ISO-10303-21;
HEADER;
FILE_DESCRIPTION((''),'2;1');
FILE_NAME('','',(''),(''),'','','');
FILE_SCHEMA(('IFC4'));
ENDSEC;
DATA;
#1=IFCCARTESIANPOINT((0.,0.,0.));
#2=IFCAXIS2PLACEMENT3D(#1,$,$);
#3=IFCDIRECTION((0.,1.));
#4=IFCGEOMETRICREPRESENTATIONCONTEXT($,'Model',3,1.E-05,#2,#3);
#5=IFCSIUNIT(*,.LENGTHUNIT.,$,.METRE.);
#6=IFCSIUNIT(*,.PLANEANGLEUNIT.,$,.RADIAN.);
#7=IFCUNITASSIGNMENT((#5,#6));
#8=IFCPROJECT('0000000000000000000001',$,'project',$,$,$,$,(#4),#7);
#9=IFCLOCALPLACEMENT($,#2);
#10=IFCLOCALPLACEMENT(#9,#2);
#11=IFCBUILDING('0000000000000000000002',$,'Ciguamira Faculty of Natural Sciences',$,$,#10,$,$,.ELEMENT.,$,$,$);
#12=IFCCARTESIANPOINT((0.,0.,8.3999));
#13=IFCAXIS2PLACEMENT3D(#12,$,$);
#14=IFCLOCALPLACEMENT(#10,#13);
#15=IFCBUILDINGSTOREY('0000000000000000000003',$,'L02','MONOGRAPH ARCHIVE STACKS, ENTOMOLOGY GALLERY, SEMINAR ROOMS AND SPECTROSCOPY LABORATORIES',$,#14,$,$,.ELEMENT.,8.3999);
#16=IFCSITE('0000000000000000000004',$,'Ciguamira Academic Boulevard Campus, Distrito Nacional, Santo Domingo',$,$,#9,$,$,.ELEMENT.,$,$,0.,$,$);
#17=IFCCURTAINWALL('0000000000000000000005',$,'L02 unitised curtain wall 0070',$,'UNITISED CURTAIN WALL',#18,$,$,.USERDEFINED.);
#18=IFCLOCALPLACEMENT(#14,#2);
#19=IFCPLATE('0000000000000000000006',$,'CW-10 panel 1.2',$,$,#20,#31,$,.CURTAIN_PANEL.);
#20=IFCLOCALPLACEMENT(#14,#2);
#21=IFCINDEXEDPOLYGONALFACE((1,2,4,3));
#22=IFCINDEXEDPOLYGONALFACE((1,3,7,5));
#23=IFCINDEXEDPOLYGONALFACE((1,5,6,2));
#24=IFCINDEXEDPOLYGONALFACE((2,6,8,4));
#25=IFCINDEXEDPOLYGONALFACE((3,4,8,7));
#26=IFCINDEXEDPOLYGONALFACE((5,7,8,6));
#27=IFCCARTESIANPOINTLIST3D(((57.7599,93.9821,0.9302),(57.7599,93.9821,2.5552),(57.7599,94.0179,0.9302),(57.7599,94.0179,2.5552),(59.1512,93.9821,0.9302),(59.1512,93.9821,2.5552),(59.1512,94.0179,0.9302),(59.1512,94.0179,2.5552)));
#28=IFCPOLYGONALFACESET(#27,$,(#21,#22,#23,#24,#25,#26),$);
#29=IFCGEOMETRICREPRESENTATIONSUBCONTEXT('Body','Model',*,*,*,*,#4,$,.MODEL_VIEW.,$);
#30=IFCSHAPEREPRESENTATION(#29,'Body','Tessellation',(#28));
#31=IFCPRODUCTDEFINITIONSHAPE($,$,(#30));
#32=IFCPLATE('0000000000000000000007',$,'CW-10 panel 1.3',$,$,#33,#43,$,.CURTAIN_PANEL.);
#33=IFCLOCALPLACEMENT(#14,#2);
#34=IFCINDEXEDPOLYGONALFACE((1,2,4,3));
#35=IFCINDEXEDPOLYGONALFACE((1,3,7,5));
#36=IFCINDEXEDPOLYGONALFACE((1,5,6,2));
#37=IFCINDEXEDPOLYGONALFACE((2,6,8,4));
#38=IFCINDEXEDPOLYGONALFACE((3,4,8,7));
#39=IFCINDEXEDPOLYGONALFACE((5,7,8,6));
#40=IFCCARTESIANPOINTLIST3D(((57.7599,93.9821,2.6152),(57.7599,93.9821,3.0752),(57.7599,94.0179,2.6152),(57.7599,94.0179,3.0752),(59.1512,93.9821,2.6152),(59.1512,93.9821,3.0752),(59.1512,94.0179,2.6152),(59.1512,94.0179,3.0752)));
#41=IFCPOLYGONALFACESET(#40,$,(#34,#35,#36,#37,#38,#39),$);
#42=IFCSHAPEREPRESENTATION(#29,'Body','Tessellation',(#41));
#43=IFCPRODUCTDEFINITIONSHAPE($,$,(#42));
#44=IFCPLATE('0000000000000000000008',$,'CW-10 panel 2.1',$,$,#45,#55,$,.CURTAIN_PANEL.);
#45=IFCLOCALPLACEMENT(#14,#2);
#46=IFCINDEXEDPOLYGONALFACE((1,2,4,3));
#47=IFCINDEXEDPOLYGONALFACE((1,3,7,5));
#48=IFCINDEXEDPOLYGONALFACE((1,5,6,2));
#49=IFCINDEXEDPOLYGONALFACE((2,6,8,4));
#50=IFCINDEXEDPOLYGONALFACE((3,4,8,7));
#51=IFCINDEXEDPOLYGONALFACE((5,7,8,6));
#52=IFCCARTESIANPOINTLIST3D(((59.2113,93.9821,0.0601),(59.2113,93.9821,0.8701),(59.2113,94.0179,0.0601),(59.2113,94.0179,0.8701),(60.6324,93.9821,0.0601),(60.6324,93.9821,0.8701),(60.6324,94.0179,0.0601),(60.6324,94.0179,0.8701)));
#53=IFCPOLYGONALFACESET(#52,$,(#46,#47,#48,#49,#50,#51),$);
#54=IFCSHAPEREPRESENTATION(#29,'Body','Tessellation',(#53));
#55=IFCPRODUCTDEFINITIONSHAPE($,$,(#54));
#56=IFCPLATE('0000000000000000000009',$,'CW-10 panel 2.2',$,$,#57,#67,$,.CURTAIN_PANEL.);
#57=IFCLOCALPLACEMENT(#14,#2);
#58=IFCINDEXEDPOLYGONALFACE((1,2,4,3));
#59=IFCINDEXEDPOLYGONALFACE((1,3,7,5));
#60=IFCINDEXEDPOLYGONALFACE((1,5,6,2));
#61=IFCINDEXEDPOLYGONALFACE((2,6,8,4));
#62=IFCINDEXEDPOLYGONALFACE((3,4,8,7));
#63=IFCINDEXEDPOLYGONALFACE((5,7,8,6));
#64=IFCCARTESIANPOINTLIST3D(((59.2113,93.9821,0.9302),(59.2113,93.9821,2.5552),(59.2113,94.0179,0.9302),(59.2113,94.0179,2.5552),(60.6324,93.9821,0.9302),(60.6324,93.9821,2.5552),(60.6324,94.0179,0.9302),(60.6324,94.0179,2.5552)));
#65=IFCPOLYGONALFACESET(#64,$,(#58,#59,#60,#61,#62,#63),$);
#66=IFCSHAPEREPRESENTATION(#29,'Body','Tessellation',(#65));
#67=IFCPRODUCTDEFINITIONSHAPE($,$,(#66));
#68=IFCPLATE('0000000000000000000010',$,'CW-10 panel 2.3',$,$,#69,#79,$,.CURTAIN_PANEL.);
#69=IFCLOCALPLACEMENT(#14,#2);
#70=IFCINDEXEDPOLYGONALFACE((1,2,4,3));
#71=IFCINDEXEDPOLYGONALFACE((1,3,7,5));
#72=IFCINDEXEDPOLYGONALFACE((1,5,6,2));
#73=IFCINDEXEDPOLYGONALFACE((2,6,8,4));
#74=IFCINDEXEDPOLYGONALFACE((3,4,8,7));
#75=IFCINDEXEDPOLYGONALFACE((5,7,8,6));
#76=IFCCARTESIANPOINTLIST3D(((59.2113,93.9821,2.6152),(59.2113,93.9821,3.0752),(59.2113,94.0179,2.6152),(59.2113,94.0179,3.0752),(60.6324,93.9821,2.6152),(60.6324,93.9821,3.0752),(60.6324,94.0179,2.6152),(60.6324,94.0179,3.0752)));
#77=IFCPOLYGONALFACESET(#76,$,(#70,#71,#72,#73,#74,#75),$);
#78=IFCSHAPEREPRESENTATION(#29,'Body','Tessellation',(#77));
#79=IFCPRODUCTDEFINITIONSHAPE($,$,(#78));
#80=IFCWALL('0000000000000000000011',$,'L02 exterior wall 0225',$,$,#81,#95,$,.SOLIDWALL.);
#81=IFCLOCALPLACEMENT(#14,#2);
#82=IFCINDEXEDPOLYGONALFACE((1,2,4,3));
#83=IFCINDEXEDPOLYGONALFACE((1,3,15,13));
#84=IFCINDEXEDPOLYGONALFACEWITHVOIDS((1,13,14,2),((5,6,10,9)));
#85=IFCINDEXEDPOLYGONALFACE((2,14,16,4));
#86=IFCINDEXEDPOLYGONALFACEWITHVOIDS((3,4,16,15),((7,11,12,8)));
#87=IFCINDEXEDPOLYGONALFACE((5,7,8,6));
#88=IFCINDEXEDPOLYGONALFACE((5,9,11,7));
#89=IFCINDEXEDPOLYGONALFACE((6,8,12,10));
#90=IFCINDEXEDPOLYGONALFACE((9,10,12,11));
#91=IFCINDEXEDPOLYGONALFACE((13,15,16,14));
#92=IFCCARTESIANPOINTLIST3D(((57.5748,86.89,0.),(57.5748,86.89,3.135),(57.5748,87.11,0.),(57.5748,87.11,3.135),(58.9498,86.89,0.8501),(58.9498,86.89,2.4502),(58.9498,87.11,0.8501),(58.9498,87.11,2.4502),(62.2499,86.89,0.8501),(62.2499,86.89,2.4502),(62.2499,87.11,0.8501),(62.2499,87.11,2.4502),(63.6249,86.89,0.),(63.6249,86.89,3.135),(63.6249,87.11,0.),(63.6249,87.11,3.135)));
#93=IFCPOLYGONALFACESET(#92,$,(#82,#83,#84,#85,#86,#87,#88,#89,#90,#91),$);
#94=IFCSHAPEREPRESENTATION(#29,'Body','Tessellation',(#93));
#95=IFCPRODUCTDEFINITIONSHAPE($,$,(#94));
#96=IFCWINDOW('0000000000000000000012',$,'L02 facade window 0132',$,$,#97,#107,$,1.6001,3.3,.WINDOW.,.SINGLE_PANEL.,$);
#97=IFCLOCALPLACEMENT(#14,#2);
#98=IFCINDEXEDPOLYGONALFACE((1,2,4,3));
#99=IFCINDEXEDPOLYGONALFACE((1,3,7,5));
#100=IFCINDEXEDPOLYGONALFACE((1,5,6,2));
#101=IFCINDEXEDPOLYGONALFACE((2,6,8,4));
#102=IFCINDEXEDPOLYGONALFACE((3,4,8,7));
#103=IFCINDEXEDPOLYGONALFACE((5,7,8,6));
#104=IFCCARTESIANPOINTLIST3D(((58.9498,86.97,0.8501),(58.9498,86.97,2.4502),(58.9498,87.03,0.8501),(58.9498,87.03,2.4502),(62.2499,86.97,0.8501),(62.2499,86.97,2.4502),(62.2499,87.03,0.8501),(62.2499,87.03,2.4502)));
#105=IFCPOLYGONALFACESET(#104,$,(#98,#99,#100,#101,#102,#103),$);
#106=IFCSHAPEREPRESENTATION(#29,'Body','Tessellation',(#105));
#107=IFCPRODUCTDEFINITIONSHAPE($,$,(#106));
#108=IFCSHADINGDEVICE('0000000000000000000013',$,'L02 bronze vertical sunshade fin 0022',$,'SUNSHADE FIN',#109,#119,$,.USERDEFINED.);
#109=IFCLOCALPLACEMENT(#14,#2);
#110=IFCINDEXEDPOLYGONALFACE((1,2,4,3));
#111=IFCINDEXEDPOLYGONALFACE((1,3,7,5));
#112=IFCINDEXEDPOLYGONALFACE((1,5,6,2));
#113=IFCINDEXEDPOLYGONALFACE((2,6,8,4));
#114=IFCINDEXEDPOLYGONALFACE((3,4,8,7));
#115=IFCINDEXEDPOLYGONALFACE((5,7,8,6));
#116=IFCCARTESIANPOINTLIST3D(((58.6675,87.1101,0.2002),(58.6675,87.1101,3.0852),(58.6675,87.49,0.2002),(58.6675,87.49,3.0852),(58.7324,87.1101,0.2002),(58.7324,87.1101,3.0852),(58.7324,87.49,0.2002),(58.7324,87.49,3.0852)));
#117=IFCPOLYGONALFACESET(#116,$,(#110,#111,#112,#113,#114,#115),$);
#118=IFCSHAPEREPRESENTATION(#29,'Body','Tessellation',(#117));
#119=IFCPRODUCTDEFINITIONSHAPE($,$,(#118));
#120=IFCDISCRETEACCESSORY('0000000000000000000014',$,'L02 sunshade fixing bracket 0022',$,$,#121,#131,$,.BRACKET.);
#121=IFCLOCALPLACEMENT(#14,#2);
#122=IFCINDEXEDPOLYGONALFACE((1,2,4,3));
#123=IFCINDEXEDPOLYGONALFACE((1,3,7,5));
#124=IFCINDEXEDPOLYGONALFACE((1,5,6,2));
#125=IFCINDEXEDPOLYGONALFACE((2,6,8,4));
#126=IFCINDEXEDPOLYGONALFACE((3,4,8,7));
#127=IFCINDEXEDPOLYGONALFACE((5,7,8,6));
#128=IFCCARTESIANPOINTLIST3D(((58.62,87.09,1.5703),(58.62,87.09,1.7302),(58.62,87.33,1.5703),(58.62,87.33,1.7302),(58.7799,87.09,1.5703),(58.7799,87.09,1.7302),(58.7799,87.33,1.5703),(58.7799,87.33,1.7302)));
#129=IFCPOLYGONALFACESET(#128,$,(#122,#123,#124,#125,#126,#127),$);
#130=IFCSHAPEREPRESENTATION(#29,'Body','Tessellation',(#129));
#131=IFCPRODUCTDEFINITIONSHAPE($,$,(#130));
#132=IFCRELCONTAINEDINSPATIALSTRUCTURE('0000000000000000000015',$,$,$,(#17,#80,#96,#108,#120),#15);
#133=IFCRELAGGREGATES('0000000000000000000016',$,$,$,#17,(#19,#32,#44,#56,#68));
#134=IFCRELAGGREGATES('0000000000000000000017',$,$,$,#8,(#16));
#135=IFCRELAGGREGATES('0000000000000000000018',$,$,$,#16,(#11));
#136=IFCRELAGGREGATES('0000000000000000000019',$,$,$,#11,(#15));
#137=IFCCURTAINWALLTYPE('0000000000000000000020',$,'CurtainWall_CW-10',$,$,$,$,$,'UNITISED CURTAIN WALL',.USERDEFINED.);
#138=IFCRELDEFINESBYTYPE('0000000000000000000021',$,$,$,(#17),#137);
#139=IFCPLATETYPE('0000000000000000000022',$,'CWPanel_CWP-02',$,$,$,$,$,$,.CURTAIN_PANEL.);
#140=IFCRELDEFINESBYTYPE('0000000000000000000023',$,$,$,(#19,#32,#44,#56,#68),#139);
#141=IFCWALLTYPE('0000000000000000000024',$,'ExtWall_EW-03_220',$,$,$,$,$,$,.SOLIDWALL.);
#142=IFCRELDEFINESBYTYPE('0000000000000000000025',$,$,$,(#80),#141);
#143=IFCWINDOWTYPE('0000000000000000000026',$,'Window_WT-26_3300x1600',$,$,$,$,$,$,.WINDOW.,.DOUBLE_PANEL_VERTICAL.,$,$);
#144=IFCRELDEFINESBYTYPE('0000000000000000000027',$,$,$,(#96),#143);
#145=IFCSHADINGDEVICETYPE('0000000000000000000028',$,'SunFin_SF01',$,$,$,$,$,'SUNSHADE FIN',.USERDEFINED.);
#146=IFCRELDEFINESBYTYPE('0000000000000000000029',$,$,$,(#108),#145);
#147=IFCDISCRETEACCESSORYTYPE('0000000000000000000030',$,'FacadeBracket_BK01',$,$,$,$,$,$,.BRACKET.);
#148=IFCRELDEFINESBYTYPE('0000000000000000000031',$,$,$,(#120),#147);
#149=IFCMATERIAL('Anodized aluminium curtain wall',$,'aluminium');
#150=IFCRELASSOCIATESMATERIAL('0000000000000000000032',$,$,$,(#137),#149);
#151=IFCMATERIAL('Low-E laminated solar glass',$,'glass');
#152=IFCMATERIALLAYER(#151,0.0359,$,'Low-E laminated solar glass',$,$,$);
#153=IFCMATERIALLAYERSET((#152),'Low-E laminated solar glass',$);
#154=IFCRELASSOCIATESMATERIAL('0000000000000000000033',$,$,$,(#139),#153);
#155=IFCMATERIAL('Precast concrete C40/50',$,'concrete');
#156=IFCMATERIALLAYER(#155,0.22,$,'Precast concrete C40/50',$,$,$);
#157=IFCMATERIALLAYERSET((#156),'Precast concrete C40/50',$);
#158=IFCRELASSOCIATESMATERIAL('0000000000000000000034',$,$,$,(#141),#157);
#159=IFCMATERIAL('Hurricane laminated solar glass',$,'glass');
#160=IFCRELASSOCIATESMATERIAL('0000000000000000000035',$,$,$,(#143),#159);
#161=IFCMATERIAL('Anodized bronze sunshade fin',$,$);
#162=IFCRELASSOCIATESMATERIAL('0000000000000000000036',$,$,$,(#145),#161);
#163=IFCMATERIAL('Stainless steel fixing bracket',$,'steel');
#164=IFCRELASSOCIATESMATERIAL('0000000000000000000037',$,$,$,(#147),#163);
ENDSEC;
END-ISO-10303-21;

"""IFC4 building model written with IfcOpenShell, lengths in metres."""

from ifc_helpers import new_model, si_unit, direction, frame, frame_2d, origin, origin_2d, place, context, subcontext, project, spatial, rectangle, extrude, material, layer, layer_set, material_profile, profile_set, type_object, element, fill, aggregate, save


model = new_model("IFC4")

# Units and contexts
model_context = context("Model", 3, precision=1e-05, world=origin(), true_north=direction((0.0, 1.0)))
body_context = subcontext(model_context, "Body", "Model", "MODEL_VIEW")
ifc_project = project(units=[si_unit("LENGTHUNIT", "METRE"), si_unit("PLANEANGLEUNIT", "RADIAN")], contexts=[model_context])

# Site, building, storey
site_placement = place(None, origin())
site = spatial("IfcSite", under=ifc_project, at=site_placement, Name="Ciguamira Academic Boulevard Campus, Distrito Nacional, Santo Domingo", CompositionType="ELEMENT", RefElevation=0.0)
building_placement = place(site_placement, origin())
building = spatial("IfcBuilding", under=site, at=building_placement, Name="Ciguamira Faculty of Natural Sciences", CompositionType="ELEMENT")
storey_placement = place(building_placement, frame((0.0, 0.0, 8.3999)))
storey = spatial("IfcBuildingStorey", under=building, at=storey_placement, Name="L02", Description="MONOGRAPH ARCHIVE STACKS, ENTOMOLOGY GALLERY, SEMINAR ROOMS AND SPECTROSCOPY LABORATORIES", CompositionType="ELEMENT", Elevation=8.3999)

# Curtain wall
ifc_material_1 = material(Name="Anodized aluminium curtain wall", Category="aluminium")
curtain_wall_type = type_object("IfcCurtainWallType", Name="CurtainWall_CW-10", ElementType="UNITISED CURTAIN WALL", PredefinedType="USERDEFINED", material=ifc_material_1)
curtain_wall_placement = place(storey_placement, origin())
curtain_wall = element("IfcCurtainWall", 1, at=curtain_wall_placement, inside=storey, type_object=curtain_wall_type, Name="L02 unitised curtain wall 0070", ObjectType="UNITISED CURTAIN WALL", PredefinedType="USERDEFINED")

# Plates
ifc_material_2 = material(Name="Low-E laminated solar glass", Category="glass")
ifc_layer_1 = layer(ifc_material_2, 0.0359, Name="Low-E laminated solar glass")
ifc_layer_set_1 = layer_set([ifc_layer_1], Name="Low-E laminated solar glass")
plate_type = type_object("IfcPlateType", Name="CWPanel_CWP-02", PredefinedType="CURTAIN_PANEL", material=ifc_layer_set_1)
plate_1_placement = place(storey_placement, frame((58.4556, 94.0, 0.9302), z_axis=(0.0, 0.0, 1.0), x_axis=(1.0, 0.0, 0.0)))
plate_1 = element("IfcPlate", 2, at=plate_1_placement, type_object=plate_type, Name="CW-10 panel 1.2", PredefinedType="CURTAIN_PANEL", context=body_context, shape_type="SweptSolid", body=[
    extrude(rectangle(XDim=1.3914, YDim=0.0359, at=origin_2d()), origin(), (0.0, 0.0, 1.0), 1.625),
])
plate_2_placement = place(storey_placement, frame((58.4556, 94.0, 2.6152), z_axis=(0.0, 0.0, 1.0), x_axis=(1.0, 0.0, 0.0)))
plate_2 = element("IfcPlate", 3, at=plate_2_placement, type_object=plate_type, Name="CW-10 panel 1.3", PredefinedType="CURTAIN_PANEL", context=body_context, shape_type="SweptSolid", body=[
    extrude(rectangle(XDim=1.3914, YDim=0.0359, at=origin_2d()), origin(), (0.0, 0.0, 1.0), 0.46),
])
plate_3_placement = place(storey_placement, frame((59.9219, 94.0, 0.0601), z_axis=(0.0, 0.0, 1.0), x_axis=(1.0, 0.0, 0.0)))
plate_3 = element("IfcPlate", 4, at=plate_3_placement, type_object=plate_type, Name="CW-10 panel 2.1", PredefinedType="CURTAIN_PANEL", context=body_context, shape_type="SweptSolid", body=[
    extrude(rectangle(XDim=1.4211, YDim=0.0359, at=origin_2d()), origin(), (0.0, 0.0, 1.0), 0.8101),
])
plate_4_placement = place(storey_placement, frame((59.9219, 94.0, 0.9302), z_axis=(0.0, 0.0, 1.0), x_axis=(1.0, 0.0, 0.0)))
plate_4 = element("IfcPlate", 5, at=plate_4_placement, type_object=plate_type, Name="CW-10 panel 2.2", PredefinedType="CURTAIN_PANEL", context=body_context, shape_type="SweptSolid", body=[
    extrude(rectangle(XDim=1.4211, YDim=0.0359, at=origin_2d()), origin(), (0.0, 0.0, 1.0), 1.625),
])
plate_5_placement = place(storey_placement, frame((59.9219, 94.0, 2.6152), z_axis=(0.0, 0.0, 1.0), x_axis=(1.0, 0.0, 0.0)))
plate_5 = element("IfcPlate", 6, at=plate_5_placement, type_object=plate_type, Name="CW-10 panel 2.3", PredefinedType="CURTAIN_PANEL", context=body_context, shape_type="SweptSolid", body=[
    extrude(rectangle(XDim=1.4211, YDim=0.0359, at=origin_2d()), origin(), (0.0, 0.0, 1.0), 0.46),
])
aggregate(curtain_wall, [plate_1, plate_2, plate_3, plate_4, plate_5])

# Wall, opening, window
ifc_material_3 = material(Name="Precast concrete C40/50", Category="concrete")
ifc_layer_2 = layer(ifc_material_3, 0.22, Name="Precast concrete C40/50")
ifc_layer_set_2 = layer_set([ifc_layer_2], Name="Precast concrete C40/50")
wall_type = type_object("IfcWallType", Name="ExtWall_EW-03_220", PredefinedType="SOLIDWALL", material=ifc_layer_set_2)
wall_placement = place(storey_placement, frame((57.575, 87.0, 0.0), z_axis=(0.0, 0.0, 1.0), x_axis=(1.0, 0.0, 0.0)))
wall = element("IfcWall", 7, at=wall_placement, inside=storey, type_object=wall_type, Name="L02 exterior wall 0225", PredefinedType="SOLIDWALL", context=body_context, shape_type="SweptSolid", body=[
    extrude(rectangle(XDim=6.05, YDim=0.22, at=frame_2d((3.0249, 0.0))), origin(), (0.0, 0.0, 1.0), 3.135),
])
opening_placement = place(wall_placement, frame((1.375, 0.0, 0.8501)))
opening = element("IfcOpeningElement", 8, at=opening_placement, cuts=wall, PredefinedType="OPENING", context=body_context, shape_type="SweptSolid", body=[
    extrude(rectangle(XDim=3.3, YDim=1.6001, at=frame_2d((1.6499, 0.8))), frame((0.0, 0.1199, 0.0), z_axis=(0.0, -1.0, 0.0), x_axis=(1.0, 0.0, 0.0)), (0.0, 0.0, 1.0), 0.24),
])
ifc_material_4 = material(Name="Hurricane laminated solar glass", Category="glass")
window_type = type_object("IfcWindowType", Name="Window_WT-26_3300x1600", PartitioningType="DOUBLE_PANEL_VERTICAL", PredefinedType="WINDOW", material=ifc_material_4)
window_placement = place(opening_placement, origin())
window = element("IfcWindow", 9, at=window_placement, inside=storey, type_object=window_type, Name="L02 facade window 0132", OverallHeight=1.6001, OverallWidth=3.3, PartitioningType="SINGLE_PANEL", PredefinedType="WINDOW", context=body_context, shape_type="SweptSolid", body=[
    extrude(rectangle(XDim=3.3, YDim=1.6001, at=frame_2d((1.6499, 0.8))), frame((0.0, 0.03, 0.0), z_axis=(0.0, -1.0, 0.0), x_axis=(1.0, 0.0, 0.0)), (0.0, 0.0, 1.0), 0.0601),
])
fill(opening, window)

# Shading device
ifc_material_5 = material(Name="Anodized bronze sunshade fin")
ifc_material_profile_1 = material_profile(ifc_material_5, rectangle(XDim=0.0649, YDim=0.3799, at=origin_2d()), Name="BRZ-FIN-65X380")
ifc_profile_set_1 = profile_set([ifc_material_profile_1], Name="Anodized bronze sunshade fin")
shading_device_type = type_object("IfcShadingDeviceType", Name="SunFin_SF01", ElementType="SUNSHADE FIN", PredefinedType="USERDEFINED", material=ifc_profile_set_1)
shading_device_placement = place(storey_placement, frame((58.7, 87.3, 0.2002), z_axis=(0.0, 0.0, 1.0), x_axis=(1.0, 0.0, 0.0)))
element("IfcShadingDevice", 10, at=shading_device_placement, inside=storey, type_object=shading_device_type, Name="L02 bronze vertical sunshade fin 0022", ObjectType="SUNSHADE FIN", PredefinedType="USERDEFINED", context=body_context, shape_type="SweptSolid", body=[
    extrude(rectangle(XDim=0.0649, YDim=0.3799, at=origin_2d()), origin(), (0.0, 0.0, 1.0), 2.885),
])

# Discrete accessory
ifc_material_6 = material(Name="Stainless steel fixing bracket", Category="steel")
discrete_accessory_type = type_object("IfcDiscreteAccessoryType", Name="FacadeBracket_BK01", PredefinedType="BRACKET", material=ifc_material_6)
discrete_accessory_placement = place(storey_placement, frame((58.7, 87.21, 1.5703), z_axis=(0.0, 0.0, 1.0), x_axis=(1.0, 0.0, 0.0)))
element("IfcDiscreteAccessory", 11, at=discrete_accessory_placement, inside=storey, type_object=discrete_accessory_type, Name="L02 sunshade fixing bracket 0022", PredefinedType="BRACKET", context=body_context, shape_type="SweptSolid", body=[
    extrude(rectangle(XDim=0.1599, YDim=0.24, at=origin_2d()), origin(), (0.0, 0.0, 1.0), 0.1599),
])

save(model, "model.ifc")
